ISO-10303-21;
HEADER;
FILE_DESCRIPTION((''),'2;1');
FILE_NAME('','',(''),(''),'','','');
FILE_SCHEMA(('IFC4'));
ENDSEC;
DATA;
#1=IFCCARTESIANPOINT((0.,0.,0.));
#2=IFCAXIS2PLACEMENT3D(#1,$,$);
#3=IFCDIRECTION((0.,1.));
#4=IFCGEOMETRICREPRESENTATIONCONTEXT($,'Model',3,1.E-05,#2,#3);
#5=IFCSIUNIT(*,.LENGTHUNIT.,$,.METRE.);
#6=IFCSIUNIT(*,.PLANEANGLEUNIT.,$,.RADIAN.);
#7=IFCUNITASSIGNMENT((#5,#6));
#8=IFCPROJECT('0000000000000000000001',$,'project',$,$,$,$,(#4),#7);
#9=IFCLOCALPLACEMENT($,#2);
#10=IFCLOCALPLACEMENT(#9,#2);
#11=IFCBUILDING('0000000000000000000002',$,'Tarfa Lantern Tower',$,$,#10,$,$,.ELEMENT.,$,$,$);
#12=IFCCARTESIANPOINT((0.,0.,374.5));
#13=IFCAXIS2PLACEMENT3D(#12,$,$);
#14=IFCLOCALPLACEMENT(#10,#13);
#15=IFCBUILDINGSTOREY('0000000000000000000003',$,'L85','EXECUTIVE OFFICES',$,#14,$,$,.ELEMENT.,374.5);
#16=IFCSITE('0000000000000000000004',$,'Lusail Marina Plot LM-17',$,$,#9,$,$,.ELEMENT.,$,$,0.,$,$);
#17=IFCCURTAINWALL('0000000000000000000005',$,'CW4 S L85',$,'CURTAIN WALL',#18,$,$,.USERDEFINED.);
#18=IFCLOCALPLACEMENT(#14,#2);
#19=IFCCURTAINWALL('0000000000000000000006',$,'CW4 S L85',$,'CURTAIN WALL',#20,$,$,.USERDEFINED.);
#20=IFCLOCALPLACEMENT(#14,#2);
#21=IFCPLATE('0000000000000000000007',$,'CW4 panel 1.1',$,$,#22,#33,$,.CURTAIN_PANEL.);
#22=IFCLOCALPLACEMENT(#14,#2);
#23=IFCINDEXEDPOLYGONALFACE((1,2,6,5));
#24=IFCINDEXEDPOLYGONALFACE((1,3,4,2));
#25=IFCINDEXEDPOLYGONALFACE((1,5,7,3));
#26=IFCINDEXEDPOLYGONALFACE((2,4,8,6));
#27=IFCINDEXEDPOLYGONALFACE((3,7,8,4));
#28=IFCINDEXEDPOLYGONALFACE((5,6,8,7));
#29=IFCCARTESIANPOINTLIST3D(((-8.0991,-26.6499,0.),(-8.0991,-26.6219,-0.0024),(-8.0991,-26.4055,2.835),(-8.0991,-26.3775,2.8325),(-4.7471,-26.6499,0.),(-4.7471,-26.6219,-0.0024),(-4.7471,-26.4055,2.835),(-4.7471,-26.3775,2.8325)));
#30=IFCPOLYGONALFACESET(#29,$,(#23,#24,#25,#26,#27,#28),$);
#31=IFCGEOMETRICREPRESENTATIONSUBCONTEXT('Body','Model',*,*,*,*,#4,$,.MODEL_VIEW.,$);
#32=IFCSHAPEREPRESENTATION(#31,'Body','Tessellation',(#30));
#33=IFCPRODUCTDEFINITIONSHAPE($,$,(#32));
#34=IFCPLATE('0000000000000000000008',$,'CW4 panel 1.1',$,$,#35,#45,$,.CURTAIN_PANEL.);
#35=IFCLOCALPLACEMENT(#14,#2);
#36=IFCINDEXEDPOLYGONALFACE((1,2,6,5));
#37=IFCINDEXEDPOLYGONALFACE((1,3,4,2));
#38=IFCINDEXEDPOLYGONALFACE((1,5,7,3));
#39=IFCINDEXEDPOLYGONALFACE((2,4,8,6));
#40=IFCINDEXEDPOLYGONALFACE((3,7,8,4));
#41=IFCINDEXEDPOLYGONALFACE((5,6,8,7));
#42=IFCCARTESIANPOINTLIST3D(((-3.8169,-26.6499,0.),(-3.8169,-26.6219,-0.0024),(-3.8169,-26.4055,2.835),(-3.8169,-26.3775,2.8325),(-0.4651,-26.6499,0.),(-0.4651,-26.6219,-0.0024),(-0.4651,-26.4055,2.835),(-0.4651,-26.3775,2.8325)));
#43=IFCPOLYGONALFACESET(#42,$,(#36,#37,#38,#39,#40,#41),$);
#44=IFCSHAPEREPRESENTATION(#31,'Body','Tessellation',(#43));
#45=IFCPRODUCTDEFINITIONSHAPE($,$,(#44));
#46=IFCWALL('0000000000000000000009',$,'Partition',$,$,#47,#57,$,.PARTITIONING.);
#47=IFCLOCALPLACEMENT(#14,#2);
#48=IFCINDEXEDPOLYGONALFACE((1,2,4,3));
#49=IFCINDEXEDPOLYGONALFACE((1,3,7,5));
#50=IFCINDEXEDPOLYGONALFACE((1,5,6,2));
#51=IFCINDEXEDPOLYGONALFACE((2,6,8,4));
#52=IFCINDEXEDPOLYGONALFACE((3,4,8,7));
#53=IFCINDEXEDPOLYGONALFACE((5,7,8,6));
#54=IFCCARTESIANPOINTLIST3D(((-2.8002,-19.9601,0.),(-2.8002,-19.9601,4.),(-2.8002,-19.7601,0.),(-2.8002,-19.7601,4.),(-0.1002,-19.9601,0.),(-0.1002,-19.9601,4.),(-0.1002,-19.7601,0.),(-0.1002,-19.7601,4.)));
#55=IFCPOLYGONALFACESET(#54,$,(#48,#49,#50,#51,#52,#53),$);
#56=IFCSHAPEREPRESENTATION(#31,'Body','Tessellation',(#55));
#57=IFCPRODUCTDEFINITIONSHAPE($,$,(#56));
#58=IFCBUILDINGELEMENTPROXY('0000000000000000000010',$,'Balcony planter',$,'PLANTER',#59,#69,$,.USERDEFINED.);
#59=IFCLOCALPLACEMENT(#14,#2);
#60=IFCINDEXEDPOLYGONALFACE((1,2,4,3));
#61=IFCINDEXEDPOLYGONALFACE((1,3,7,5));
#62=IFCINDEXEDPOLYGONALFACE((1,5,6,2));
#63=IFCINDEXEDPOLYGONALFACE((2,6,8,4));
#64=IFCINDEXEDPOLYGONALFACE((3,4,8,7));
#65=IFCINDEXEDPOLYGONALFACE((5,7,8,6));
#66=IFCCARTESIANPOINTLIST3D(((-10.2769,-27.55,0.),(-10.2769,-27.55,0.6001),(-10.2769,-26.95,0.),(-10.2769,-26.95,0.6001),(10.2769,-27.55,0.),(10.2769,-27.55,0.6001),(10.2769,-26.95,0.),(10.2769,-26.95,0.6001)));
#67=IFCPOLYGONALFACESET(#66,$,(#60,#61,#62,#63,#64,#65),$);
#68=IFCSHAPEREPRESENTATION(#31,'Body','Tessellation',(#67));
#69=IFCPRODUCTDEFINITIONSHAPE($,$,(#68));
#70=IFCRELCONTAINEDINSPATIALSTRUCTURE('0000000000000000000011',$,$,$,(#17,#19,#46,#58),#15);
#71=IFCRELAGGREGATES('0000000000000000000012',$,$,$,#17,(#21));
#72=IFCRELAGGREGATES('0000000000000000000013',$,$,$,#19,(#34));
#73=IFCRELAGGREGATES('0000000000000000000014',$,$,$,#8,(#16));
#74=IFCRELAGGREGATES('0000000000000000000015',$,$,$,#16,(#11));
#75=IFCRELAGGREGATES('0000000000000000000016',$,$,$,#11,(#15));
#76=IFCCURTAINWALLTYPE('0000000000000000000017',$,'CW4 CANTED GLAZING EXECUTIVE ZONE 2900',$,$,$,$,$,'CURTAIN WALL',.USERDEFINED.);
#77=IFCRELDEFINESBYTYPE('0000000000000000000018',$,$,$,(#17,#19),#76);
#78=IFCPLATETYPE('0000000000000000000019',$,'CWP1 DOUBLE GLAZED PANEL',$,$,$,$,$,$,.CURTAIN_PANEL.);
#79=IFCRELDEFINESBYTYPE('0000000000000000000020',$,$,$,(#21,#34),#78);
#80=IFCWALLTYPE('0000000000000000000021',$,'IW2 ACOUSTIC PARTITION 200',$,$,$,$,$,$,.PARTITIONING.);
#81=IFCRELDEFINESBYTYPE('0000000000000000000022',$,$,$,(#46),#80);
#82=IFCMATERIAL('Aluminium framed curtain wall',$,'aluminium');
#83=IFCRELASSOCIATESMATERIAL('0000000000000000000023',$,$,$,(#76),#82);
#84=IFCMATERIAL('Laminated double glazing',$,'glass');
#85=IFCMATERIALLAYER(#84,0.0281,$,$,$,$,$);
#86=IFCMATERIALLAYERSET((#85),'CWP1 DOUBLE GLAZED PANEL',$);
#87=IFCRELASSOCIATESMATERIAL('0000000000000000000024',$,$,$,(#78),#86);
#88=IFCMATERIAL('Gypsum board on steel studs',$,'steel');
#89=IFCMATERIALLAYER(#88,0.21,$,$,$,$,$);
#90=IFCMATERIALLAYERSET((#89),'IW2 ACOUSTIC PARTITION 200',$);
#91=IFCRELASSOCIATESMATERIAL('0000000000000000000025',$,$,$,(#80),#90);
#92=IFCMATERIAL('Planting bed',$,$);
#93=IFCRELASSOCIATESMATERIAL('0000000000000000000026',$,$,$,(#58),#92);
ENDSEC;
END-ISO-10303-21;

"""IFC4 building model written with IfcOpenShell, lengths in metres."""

from ifc_helpers import new_model, si_unit, direction, frame, frame_2d, origin, origin_2d, place, context, subcontext, project, spatial, polyline, rectangle, outline, extrude, material, layer, layer_set, type_object, element, aggregate, save


model = new_model("IFC4")

# Units and contexts
model_context = context("Model", 3, precision=1e-05, world=origin(), true_north=direction((0.0, 1.0)))
body_context = subcontext(model_context, "Body", "Model", "MODEL_VIEW")
ifc_project = project(units=[si_unit("LENGTHUNIT", "METRE"), si_unit("PLANEANGLEUNIT", "RADIAN")], contexts=[model_context])

# Site, building, storey
site_placement = place(None, origin())
site = spatial("IfcSite", under=ifc_project, at=site_placement, Name="Lusail Marina Plot LM-17", CompositionType="ELEMENT", RefElevation=0.0)
building_placement = place(site_placement, origin())
building = spatial("IfcBuilding", under=site, at=building_placement, Name="Tarfa Lantern Tower", CompositionType="ELEMENT")
storey_placement = place(building_placement, frame((0.0, 0.0, 374.5)))
storey = spatial("IfcBuildingStorey", under=building, at=storey_placement, Name="L85", Description="EXECUTIVE OFFICES", CompositionType="ELEMENT", Elevation=374.5)

# Shared definitions
ifc_material_1 = material(Name="Aluminium framed curtain wall", Category="aluminium")
curtain_wall_type = type_object("IfcCurtainWallType", Name="CW4 CANTED GLAZING EXECUTIVE ZONE 2900", ElementType="CURTAIN WALL", PredefinedType="USERDEFINED", material=ifc_material_1)

# Curtain walls
curtain_wall_1_placement = place(storey_placement, origin())
curtain_wall_1 = element("IfcCurtainWall", 1, at=curtain_wall_1_placement, inside=storey, type_object=curtain_wall_type, Name="CW4 S L85", ObjectType="CURTAIN WALL", PredefinedType="USERDEFINED")
curtain_wall_2_placement = place(storey_placement, origin())
curtain_wall_2 = element("IfcCurtainWall", 2, at=curtain_wall_2_placement, inside=storey, type_object=curtain_wall_type, Name="CW4 S L85", ObjectType="CURTAIN WALL", PredefinedType="USERDEFINED")

# Plates
ifc_material_2 = material(Name="Laminated double glazing", Category="glass")
ifc_layer_1 = layer(ifc_material_2, 0.0281)
ifc_layer_set_1 = layer_set([ifc_layer_1], Name="CWP1 DOUBLE GLAZED PANEL")
plate_type = type_object("IfcPlateType", Name="CWP1 DOUBLE GLAZED PANEL", PredefinedType="CURTAIN_PANEL", material=ifc_layer_set_1)
plate_1_placement = place(storey_placement, frame((-8.0991, -26.6499, 0.0), z_axis=(0.0, -0.996305, 0.085885), x_axis=(1.0, 0.0, 0.0)))
plate_1 = element("IfcPlate", 3, at=plate_1_placement, type_object=plate_type, Name="CW4 panel 1.1", PredefinedType="CURTAIN_PANEL", context=body_context, shape_type="SweptSolid", body=[
    extrude(outline(polyline([(0.0, 0.0), (3.3521, 0.0), (3.3521, 2.8455), (0.0, 2.8455), (0.0, 0.0)])), origin(), (0.0, 0.0, -1.0), 0.0281),
])
aggregate(curtain_wall_1, [plate_1])
plate_2_placement = place(storey_placement, frame((-3.8169, -26.6499, 0.0), z_axis=(0.0, -0.996305, 0.085885), x_axis=(1.0, 0.0, 0.0)))
plate_2 = element("IfcPlate", 4, at=plate_2_placement, type_object=plate_type, Name="CW4 panel 1.1", PredefinedType="CURTAIN_PANEL", context=body_context, shape_type="SweptSolid", body=[
    extrude(outline(polyline([(0.0, 0.0), (3.3518, 0.0), (3.3518, 2.8455), (0.0, 2.8455), (0.0, 0.0)])), origin(), (0.0, 0.0, -1.0), 0.0281),
])
aggregate(curtain_wall_2, [plate_2])

# Wall
ifc_material_3 = material(Name="Gypsum board on steel studs", Category="steel")
ifc_layer_2 = layer(ifc_material_3, 0.21)
ifc_layer_set_2 = layer_set([ifc_layer_2], Name="IW2 ACOUSTIC PARTITION 200")
wall_type = type_object("IfcWallType", Name="IW2 ACOUSTIC PARTITION 200", PredefinedType="PARTITIONING", material=ifc_layer_set_2)
wall_placement = place(storey_placement, frame((-0.1001, -19.8601, 0.0), z_axis=(0.0, 0.0, 1.0), x_axis=(-1.0, 0.0, 0.0)))
element("IfcWall", 5, at=wall_placement, inside=storey, type_object=wall_type, Name="Partition", PredefinedType="PARTITIONING", context=body_context, shape_type="SweptSolid", body=[
    extrude(rectangle(XDim=2.7, YDim=0.2, at=frame_2d((1.3501, 0.0))), origin(), (0.0, 0.0, 1.0), 4.0),
])

# Building element proxy
ifc_material_4 = material(Name="Planting bed")
proxy_placement = place(storey_placement, frame((0.0, -27.25, 0.0), z_axis=(0.0, 0.0, 1.0), x_axis=(1.0, 0.0, 0.0)))
element("IfcBuildingElementProxy", 6, at=proxy_placement, inside=storey, material=ifc_material_4, Name="Balcony planter", ObjectType="PLANTER", PredefinedType="USERDEFINED", context=body_context, shape_type="SweptSolid", body=[
    extrude(rectangle(XDim=20.5537, YDim=0.6001, at=origin_2d()), origin(), (0.0, 0.0, 1.0), 0.6001),
])

save(model, "model.ifc")
